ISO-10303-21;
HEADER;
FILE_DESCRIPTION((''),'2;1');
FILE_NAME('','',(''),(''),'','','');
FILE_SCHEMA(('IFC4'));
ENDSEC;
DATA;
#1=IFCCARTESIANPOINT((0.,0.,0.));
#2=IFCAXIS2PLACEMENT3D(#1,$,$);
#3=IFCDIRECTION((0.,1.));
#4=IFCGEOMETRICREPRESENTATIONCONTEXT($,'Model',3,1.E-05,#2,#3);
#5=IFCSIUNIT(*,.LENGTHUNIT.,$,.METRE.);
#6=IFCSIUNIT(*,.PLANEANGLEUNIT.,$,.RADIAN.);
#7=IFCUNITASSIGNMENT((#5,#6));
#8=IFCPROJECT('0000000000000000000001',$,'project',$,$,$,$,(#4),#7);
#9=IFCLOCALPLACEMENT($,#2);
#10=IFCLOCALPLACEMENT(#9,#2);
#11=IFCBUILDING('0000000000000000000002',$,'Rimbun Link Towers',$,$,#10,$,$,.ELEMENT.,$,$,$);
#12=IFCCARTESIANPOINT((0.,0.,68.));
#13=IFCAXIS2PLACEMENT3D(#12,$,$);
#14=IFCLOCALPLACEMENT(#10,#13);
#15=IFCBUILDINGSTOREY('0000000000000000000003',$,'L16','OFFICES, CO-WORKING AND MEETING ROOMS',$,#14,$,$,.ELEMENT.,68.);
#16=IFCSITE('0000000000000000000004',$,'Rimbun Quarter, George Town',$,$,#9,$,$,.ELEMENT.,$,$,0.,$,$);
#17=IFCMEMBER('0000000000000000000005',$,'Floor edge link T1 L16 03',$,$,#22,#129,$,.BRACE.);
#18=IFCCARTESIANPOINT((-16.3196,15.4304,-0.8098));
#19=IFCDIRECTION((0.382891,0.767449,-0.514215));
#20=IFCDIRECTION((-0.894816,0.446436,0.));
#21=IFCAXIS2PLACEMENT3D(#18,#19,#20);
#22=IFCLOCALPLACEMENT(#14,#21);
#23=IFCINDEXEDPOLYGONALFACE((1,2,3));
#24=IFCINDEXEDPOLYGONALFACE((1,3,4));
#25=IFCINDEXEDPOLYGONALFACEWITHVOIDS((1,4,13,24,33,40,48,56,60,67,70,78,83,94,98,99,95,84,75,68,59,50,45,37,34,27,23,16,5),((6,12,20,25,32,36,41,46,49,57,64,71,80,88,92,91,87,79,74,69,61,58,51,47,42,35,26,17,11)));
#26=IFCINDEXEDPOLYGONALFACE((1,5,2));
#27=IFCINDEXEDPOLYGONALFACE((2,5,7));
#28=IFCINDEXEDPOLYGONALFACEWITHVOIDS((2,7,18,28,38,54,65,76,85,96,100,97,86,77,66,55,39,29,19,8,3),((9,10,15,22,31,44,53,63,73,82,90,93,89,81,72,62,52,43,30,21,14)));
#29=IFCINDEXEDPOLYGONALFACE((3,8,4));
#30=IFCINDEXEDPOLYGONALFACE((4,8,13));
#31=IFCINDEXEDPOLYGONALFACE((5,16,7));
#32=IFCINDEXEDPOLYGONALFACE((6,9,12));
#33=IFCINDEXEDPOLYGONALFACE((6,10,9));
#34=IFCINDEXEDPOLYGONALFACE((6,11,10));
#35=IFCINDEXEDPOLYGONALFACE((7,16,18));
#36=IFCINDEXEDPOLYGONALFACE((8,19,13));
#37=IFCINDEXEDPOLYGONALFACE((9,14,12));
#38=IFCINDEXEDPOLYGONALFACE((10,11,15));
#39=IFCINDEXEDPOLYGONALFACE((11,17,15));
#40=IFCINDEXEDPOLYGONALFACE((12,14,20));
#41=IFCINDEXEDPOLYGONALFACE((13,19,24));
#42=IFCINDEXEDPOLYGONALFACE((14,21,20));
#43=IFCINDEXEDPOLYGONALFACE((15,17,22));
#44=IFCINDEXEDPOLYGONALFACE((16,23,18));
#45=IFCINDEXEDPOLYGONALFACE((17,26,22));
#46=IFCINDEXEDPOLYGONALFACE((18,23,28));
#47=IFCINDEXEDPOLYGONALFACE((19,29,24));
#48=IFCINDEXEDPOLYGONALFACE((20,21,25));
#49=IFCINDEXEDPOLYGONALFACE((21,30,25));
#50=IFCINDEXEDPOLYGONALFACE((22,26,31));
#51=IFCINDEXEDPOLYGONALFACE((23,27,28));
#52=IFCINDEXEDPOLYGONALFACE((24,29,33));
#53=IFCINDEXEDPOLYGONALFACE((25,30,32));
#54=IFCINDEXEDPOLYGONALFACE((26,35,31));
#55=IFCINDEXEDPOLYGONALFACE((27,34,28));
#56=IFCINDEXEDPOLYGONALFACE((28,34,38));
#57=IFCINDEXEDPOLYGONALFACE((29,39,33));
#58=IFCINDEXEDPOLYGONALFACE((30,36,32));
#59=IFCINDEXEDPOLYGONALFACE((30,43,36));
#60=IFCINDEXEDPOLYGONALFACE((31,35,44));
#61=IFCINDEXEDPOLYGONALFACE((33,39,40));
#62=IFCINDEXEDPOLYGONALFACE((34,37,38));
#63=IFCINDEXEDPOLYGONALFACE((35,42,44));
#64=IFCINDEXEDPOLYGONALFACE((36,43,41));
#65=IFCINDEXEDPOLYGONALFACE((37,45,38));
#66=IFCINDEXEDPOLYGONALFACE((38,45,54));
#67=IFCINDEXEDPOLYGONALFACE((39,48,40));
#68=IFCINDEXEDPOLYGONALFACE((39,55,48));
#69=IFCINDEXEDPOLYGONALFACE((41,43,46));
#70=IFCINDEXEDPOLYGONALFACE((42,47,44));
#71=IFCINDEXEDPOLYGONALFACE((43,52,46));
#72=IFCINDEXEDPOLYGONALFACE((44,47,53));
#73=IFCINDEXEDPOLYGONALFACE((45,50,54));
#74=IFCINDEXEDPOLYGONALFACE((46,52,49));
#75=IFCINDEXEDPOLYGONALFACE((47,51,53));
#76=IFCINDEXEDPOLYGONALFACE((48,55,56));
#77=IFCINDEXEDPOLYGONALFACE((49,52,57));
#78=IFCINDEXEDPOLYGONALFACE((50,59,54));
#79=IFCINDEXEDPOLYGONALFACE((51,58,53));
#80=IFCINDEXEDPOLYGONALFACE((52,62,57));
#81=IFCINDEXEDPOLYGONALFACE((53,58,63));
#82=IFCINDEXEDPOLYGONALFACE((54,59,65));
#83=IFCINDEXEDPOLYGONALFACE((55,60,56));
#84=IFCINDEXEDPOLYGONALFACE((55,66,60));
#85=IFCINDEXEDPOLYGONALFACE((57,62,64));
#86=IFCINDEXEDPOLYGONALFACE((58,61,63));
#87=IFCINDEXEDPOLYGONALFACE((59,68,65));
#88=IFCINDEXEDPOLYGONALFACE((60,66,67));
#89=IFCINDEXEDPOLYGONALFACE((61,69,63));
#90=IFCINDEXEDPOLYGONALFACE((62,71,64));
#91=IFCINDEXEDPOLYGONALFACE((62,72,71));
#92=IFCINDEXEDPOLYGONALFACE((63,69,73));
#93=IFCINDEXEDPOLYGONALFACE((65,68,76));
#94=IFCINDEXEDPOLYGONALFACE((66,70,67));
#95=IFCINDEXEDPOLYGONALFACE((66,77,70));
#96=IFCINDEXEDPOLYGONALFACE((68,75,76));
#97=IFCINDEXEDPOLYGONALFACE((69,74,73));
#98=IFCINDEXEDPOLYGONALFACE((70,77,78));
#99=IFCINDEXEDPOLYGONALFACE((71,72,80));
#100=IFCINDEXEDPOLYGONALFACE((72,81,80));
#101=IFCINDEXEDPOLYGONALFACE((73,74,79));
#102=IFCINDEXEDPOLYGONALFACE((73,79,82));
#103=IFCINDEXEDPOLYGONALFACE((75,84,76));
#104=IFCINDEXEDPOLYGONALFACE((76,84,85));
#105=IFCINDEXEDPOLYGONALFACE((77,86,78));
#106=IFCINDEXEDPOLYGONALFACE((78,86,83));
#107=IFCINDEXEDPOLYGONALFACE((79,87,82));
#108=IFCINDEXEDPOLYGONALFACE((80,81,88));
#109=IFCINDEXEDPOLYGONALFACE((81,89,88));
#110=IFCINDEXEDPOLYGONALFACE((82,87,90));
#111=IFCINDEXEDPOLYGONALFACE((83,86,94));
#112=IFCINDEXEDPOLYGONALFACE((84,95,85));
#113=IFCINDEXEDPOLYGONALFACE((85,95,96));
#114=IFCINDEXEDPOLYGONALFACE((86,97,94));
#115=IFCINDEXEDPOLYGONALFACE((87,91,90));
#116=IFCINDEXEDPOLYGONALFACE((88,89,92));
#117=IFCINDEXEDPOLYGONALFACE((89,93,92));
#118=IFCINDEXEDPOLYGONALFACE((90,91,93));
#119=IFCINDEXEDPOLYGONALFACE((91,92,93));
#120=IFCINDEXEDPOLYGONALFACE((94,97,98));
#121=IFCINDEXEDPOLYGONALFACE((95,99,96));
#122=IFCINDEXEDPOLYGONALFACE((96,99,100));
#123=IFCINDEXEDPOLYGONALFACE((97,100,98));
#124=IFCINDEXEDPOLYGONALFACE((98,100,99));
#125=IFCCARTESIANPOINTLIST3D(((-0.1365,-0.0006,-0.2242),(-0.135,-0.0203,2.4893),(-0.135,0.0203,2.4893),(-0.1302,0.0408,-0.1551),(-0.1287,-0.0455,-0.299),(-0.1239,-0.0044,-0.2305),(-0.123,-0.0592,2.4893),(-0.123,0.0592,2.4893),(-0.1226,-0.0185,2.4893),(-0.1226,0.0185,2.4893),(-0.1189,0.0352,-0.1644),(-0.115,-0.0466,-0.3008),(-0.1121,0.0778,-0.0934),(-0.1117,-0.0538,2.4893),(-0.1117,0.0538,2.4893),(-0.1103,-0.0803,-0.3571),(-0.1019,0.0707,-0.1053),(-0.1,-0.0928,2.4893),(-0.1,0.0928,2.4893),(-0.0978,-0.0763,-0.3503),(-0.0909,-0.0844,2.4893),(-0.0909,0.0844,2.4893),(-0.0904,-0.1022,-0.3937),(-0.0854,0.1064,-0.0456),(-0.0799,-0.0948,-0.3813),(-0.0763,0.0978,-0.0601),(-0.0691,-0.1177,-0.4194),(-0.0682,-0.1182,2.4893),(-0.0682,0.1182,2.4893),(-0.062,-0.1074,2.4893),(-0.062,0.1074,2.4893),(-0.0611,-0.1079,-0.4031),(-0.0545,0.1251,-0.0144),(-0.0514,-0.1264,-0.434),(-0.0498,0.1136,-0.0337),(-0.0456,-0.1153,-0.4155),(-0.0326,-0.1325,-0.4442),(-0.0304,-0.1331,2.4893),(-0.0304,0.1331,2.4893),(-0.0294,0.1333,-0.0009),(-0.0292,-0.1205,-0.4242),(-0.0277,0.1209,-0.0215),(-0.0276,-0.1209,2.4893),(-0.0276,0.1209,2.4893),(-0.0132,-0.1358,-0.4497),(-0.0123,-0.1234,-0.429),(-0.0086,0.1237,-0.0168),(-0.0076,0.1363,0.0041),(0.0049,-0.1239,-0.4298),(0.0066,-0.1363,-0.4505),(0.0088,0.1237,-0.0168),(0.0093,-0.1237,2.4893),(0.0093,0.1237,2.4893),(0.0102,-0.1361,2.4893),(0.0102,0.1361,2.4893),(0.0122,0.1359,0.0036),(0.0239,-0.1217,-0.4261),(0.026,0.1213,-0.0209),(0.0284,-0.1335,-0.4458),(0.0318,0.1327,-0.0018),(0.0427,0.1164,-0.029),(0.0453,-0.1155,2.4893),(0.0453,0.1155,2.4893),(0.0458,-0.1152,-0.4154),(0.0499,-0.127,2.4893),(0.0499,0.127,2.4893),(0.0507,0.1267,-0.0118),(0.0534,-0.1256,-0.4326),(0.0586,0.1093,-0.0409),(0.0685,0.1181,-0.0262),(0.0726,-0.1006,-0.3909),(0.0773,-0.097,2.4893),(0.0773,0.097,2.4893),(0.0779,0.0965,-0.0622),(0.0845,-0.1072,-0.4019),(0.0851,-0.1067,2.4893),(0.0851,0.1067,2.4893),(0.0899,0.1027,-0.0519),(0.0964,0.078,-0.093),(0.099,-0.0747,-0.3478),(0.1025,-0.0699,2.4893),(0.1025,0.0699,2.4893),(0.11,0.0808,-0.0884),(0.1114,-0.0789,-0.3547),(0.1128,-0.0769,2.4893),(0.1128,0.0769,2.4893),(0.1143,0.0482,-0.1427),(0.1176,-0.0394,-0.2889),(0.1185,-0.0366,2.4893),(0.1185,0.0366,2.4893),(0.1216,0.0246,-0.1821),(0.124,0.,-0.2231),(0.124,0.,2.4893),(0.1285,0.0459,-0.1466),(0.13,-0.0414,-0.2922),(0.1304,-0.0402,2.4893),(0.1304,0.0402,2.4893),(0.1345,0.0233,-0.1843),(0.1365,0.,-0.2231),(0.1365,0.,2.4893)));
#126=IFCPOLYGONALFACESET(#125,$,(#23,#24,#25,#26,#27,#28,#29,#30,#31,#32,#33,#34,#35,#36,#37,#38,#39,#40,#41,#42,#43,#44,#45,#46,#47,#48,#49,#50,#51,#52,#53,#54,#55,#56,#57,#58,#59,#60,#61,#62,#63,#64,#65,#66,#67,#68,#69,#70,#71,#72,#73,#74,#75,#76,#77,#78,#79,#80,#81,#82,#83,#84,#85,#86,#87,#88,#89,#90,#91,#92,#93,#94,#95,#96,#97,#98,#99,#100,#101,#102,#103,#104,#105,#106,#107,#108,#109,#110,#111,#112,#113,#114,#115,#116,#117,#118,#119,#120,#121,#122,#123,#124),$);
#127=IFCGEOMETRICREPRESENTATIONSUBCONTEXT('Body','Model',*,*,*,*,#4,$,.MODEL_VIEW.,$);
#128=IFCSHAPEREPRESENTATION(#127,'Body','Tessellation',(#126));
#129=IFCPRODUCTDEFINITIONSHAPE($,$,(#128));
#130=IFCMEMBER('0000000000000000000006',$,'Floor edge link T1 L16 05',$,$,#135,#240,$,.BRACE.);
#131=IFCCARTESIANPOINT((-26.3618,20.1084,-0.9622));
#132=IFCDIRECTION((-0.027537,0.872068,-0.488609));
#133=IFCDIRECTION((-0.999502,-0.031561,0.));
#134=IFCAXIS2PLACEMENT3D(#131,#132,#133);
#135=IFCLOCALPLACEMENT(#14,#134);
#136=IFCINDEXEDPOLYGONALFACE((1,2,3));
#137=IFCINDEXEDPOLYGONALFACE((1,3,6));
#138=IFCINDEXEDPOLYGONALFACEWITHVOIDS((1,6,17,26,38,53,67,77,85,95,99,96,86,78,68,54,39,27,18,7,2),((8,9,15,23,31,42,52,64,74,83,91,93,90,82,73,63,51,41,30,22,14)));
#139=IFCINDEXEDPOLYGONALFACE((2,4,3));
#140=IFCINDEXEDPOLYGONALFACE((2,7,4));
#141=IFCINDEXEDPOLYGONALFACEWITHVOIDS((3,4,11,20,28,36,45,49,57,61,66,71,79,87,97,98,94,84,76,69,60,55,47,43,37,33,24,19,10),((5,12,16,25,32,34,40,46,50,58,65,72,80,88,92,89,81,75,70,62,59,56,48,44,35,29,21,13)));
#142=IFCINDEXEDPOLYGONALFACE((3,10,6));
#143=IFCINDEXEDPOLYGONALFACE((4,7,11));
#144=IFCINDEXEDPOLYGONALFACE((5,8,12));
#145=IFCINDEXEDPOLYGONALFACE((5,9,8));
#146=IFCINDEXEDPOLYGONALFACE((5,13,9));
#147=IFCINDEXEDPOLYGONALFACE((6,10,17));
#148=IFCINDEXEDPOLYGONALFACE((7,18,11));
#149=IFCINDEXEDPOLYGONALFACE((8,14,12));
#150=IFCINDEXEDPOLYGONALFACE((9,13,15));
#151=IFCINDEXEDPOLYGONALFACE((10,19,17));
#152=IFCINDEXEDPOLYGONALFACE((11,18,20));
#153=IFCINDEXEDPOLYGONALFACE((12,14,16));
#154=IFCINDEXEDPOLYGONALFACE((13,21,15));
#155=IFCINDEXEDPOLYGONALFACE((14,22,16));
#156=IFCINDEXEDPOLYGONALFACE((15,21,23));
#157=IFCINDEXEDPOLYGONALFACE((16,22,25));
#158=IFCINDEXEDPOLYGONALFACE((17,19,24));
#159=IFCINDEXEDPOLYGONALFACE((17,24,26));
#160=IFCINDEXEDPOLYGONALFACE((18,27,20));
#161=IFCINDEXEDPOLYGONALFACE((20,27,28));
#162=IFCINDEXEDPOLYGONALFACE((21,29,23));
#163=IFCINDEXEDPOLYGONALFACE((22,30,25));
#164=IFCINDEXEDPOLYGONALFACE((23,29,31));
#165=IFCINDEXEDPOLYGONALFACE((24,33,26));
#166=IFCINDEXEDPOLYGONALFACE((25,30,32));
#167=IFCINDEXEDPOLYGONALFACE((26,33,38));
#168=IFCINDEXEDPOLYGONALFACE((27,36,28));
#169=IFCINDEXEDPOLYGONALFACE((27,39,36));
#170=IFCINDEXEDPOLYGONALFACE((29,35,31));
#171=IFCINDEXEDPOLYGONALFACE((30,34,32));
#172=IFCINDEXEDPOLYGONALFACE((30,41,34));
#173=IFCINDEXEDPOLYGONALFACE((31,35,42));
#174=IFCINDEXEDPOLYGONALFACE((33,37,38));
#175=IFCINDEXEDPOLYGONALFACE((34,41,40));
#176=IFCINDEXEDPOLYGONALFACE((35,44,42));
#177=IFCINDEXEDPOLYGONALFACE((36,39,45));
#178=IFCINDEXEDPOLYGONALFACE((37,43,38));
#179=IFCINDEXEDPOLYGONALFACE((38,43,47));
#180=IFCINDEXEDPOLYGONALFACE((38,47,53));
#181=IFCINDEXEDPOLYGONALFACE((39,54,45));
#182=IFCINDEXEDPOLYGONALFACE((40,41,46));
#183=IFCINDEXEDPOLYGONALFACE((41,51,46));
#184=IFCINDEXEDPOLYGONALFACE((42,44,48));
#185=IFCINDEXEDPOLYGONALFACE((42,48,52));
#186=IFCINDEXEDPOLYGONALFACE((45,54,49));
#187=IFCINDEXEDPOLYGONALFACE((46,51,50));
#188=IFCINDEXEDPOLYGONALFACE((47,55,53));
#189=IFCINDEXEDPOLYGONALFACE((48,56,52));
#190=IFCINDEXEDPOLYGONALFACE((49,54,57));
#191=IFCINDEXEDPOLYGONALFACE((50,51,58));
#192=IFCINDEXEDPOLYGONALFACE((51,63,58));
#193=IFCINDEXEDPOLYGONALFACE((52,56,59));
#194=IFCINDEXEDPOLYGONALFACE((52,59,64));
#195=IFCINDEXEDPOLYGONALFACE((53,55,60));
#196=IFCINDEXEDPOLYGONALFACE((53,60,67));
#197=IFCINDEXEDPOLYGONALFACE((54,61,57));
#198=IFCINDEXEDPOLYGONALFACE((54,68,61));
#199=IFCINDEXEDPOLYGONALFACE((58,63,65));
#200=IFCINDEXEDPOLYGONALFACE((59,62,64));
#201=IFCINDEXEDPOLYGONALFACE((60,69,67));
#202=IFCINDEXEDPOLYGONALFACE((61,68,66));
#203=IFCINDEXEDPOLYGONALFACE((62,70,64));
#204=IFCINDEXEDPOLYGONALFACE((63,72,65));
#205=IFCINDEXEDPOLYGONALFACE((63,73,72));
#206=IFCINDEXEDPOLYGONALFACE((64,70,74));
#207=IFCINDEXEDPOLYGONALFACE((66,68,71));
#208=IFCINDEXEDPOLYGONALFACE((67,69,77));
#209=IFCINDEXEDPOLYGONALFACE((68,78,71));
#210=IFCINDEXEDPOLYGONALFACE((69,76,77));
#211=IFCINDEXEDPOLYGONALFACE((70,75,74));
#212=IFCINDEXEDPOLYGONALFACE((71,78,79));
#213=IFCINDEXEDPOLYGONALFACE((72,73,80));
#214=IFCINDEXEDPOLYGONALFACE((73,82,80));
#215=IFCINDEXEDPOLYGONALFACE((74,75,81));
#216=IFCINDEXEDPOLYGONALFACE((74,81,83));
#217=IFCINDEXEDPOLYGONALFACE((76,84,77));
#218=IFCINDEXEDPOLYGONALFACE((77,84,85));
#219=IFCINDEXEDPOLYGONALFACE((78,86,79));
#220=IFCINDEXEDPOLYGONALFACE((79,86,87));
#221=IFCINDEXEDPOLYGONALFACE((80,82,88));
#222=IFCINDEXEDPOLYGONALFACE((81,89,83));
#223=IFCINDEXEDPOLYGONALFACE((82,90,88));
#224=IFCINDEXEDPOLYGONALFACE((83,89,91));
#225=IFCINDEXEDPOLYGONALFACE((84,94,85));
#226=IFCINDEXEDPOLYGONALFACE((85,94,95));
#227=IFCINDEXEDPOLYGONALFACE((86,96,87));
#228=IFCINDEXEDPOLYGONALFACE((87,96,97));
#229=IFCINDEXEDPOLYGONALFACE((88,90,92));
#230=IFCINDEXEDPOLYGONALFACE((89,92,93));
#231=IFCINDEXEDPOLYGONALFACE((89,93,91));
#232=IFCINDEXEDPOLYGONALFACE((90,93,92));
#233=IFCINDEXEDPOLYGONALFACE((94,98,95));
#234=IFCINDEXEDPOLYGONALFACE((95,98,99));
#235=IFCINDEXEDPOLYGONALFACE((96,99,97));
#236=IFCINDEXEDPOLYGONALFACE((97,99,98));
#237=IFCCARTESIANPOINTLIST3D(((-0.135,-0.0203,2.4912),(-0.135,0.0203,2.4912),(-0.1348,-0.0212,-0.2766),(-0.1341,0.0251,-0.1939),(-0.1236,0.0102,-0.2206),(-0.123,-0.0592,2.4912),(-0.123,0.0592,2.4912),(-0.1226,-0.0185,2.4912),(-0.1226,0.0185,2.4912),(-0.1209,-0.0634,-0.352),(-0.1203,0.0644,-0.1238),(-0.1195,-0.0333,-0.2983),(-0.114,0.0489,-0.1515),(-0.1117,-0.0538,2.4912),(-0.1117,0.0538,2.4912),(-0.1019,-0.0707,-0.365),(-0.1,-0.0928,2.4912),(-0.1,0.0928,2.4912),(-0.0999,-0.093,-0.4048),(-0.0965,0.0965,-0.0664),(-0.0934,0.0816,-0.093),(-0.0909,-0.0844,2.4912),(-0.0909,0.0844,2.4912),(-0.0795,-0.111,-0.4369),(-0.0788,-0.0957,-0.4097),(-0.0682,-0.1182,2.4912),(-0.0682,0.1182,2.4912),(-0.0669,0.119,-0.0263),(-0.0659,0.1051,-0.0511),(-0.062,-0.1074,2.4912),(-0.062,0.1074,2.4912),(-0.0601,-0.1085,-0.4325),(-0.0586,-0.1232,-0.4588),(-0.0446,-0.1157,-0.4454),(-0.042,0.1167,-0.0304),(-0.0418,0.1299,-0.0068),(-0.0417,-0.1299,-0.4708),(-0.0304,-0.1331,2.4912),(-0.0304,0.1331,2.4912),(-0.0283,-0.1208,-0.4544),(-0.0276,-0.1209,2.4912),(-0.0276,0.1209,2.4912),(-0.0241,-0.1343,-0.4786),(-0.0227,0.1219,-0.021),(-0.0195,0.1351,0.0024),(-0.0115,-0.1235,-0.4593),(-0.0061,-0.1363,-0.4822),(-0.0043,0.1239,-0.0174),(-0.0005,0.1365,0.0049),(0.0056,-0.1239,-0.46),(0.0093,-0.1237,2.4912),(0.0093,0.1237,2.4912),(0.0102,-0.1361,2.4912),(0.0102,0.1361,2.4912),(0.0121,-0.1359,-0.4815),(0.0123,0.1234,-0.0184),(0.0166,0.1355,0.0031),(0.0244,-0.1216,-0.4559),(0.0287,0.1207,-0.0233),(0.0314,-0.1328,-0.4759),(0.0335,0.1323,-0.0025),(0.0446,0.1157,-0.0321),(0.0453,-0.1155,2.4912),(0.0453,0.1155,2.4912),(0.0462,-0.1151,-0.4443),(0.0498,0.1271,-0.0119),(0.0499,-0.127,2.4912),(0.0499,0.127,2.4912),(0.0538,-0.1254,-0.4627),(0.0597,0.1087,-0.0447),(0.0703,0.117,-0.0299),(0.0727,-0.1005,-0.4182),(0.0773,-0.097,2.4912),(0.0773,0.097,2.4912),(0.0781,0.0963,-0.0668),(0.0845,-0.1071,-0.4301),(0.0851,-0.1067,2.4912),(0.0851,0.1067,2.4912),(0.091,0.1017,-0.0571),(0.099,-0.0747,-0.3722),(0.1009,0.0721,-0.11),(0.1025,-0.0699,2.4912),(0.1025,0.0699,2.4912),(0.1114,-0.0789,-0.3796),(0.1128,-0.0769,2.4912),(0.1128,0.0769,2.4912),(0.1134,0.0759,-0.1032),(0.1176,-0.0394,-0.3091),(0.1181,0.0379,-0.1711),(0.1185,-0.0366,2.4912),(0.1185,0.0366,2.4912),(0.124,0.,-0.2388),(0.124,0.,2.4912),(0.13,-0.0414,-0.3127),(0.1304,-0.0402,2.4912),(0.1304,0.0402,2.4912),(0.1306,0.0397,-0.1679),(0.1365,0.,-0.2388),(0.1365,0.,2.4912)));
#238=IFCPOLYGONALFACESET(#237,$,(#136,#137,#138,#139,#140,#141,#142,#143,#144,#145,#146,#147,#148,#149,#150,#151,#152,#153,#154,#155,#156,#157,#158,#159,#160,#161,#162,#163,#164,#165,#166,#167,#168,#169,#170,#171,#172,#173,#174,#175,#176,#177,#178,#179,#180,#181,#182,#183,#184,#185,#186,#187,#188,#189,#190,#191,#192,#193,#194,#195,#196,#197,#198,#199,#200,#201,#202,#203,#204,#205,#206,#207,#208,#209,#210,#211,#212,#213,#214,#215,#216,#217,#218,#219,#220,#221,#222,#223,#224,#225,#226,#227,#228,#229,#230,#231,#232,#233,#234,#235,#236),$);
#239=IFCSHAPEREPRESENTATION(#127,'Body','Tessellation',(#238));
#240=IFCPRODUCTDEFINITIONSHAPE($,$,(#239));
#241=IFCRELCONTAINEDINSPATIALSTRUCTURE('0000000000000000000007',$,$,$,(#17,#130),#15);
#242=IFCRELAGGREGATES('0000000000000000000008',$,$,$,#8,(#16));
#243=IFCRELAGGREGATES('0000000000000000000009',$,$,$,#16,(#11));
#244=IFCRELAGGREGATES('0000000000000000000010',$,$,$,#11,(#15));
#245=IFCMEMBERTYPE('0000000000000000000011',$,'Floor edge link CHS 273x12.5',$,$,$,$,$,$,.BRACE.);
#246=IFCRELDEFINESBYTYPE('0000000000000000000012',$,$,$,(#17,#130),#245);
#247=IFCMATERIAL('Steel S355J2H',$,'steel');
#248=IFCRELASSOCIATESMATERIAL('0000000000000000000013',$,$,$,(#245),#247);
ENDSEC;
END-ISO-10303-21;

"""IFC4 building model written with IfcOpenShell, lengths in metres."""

from ifc_helpers import new_model, si_unit, direction, frame, origin, origin_2d, place, context, subcontext, project, spatial, hollow_circle, extrude, clip, halfspace, material, material_profile, profile_set, type_object, element, save


model = new_model("IFC4")

# Units and contexts
model_context = context("Model", 3, precision=1e-05, world=origin(), true_north=direction((0.0, 1.0)))
body_context = subcontext(model_context, "Body", "Model", "MODEL_VIEW")
ifc_project = project(units=[si_unit("LENGTHUNIT", "METRE"), si_unit("PLANEANGLEUNIT", "RADIAN")], contexts=[model_context])

# Site, building, storey
site_placement = place(None, origin())
site = spatial("IfcSite", under=ifc_project, at=site_placement, Name="Rimbun Quarter, George Town", CompositionType="ELEMENT", RefElevation=0.0)
building_placement = place(site_placement, origin())
building = spatial("IfcBuilding", under=site, at=building_placement, Name="Rimbun Link Towers", CompositionType="ELEMENT")
storey_placement = place(building_placement, frame((0.0, 0.0, 68.0)))
storey = spatial("IfcBuildingStorey", under=building, at=storey_placement, Name="L16", Description="OFFICES, CO-WORKING AND MEETING ROOMS", CompositionType="ELEMENT", Elevation=68.0)

# Members
ifc_material_1 = material(Name="Steel S355J2H", Category="steel")
ifc_material_profile_1 = material_profile(ifc_material_1, hollow_circle(Radius=0.1365, WallThickness=0.0125, at=origin_2d()), Name="CHS 273x12.5")
ifc_profile_set_1 = profile_set([ifc_material_profile_1], Name="Steel S355J2H")
member_type_1 = type_object("IfcMemberType", Name="Floor edge link CHS 273x12.5", PredefinedType="BRACE", material=ifc_profile_set_1)
member_1_placement = place(storey_placement, frame((-16.3196, 15.4304, -0.8098), z_axis=(0.382891, 0.767449, -0.514215), x_axis=(-0.894816, 0.446436, 0.0)))
element("IfcMember", 1, at=member_1_placement, inside=storey, type_object=member_type_1, Name="Floor edge link T1 L16 03", PredefinedType="BRACE", context=body_context, shape_type="Clipping", body=[
    clip(extrude(hollow_circle(Radius=0.1365, WallThickness=0.0125, at=origin_2d()), frame((0.0, 0.0, -0.4746)), (0.0, 0.0, 1.0), 2.9639), halfspace(frame((0.0, 0.0, -0.2231), z_axis=(0.0, 0.857661, -0.514215)), False)),
])
member_2_placement = place(storey_placement, frame((-26.3618, 20.1084, -0.9622), z_axis=(-0.027537, 0.872068, -0.488609), x_axis=(-0.999502, -0.031561, 0.0)))
element("IfcMember", 2, at=member_2_placement, inside=storey, type_object=member_type_1, Name="Floor edge link T1 L16 05", PredefinedType="BRACE", context=body_context, shape_type="Clipping", body=[
    clip(extrude(hollow_circle(Radius=0.1365, WallThickness=0.0125, at=origin_2d()), frame((0.0, 0.0, -0.5081)), (0.0, 0.0, 1.0), 2.9993), halfspace(frame((0.0, 0.0, -0.2388), z_axis=(0.0, 0.872503, -0.488609)), False)),
])

save(model, "model.ifc")
